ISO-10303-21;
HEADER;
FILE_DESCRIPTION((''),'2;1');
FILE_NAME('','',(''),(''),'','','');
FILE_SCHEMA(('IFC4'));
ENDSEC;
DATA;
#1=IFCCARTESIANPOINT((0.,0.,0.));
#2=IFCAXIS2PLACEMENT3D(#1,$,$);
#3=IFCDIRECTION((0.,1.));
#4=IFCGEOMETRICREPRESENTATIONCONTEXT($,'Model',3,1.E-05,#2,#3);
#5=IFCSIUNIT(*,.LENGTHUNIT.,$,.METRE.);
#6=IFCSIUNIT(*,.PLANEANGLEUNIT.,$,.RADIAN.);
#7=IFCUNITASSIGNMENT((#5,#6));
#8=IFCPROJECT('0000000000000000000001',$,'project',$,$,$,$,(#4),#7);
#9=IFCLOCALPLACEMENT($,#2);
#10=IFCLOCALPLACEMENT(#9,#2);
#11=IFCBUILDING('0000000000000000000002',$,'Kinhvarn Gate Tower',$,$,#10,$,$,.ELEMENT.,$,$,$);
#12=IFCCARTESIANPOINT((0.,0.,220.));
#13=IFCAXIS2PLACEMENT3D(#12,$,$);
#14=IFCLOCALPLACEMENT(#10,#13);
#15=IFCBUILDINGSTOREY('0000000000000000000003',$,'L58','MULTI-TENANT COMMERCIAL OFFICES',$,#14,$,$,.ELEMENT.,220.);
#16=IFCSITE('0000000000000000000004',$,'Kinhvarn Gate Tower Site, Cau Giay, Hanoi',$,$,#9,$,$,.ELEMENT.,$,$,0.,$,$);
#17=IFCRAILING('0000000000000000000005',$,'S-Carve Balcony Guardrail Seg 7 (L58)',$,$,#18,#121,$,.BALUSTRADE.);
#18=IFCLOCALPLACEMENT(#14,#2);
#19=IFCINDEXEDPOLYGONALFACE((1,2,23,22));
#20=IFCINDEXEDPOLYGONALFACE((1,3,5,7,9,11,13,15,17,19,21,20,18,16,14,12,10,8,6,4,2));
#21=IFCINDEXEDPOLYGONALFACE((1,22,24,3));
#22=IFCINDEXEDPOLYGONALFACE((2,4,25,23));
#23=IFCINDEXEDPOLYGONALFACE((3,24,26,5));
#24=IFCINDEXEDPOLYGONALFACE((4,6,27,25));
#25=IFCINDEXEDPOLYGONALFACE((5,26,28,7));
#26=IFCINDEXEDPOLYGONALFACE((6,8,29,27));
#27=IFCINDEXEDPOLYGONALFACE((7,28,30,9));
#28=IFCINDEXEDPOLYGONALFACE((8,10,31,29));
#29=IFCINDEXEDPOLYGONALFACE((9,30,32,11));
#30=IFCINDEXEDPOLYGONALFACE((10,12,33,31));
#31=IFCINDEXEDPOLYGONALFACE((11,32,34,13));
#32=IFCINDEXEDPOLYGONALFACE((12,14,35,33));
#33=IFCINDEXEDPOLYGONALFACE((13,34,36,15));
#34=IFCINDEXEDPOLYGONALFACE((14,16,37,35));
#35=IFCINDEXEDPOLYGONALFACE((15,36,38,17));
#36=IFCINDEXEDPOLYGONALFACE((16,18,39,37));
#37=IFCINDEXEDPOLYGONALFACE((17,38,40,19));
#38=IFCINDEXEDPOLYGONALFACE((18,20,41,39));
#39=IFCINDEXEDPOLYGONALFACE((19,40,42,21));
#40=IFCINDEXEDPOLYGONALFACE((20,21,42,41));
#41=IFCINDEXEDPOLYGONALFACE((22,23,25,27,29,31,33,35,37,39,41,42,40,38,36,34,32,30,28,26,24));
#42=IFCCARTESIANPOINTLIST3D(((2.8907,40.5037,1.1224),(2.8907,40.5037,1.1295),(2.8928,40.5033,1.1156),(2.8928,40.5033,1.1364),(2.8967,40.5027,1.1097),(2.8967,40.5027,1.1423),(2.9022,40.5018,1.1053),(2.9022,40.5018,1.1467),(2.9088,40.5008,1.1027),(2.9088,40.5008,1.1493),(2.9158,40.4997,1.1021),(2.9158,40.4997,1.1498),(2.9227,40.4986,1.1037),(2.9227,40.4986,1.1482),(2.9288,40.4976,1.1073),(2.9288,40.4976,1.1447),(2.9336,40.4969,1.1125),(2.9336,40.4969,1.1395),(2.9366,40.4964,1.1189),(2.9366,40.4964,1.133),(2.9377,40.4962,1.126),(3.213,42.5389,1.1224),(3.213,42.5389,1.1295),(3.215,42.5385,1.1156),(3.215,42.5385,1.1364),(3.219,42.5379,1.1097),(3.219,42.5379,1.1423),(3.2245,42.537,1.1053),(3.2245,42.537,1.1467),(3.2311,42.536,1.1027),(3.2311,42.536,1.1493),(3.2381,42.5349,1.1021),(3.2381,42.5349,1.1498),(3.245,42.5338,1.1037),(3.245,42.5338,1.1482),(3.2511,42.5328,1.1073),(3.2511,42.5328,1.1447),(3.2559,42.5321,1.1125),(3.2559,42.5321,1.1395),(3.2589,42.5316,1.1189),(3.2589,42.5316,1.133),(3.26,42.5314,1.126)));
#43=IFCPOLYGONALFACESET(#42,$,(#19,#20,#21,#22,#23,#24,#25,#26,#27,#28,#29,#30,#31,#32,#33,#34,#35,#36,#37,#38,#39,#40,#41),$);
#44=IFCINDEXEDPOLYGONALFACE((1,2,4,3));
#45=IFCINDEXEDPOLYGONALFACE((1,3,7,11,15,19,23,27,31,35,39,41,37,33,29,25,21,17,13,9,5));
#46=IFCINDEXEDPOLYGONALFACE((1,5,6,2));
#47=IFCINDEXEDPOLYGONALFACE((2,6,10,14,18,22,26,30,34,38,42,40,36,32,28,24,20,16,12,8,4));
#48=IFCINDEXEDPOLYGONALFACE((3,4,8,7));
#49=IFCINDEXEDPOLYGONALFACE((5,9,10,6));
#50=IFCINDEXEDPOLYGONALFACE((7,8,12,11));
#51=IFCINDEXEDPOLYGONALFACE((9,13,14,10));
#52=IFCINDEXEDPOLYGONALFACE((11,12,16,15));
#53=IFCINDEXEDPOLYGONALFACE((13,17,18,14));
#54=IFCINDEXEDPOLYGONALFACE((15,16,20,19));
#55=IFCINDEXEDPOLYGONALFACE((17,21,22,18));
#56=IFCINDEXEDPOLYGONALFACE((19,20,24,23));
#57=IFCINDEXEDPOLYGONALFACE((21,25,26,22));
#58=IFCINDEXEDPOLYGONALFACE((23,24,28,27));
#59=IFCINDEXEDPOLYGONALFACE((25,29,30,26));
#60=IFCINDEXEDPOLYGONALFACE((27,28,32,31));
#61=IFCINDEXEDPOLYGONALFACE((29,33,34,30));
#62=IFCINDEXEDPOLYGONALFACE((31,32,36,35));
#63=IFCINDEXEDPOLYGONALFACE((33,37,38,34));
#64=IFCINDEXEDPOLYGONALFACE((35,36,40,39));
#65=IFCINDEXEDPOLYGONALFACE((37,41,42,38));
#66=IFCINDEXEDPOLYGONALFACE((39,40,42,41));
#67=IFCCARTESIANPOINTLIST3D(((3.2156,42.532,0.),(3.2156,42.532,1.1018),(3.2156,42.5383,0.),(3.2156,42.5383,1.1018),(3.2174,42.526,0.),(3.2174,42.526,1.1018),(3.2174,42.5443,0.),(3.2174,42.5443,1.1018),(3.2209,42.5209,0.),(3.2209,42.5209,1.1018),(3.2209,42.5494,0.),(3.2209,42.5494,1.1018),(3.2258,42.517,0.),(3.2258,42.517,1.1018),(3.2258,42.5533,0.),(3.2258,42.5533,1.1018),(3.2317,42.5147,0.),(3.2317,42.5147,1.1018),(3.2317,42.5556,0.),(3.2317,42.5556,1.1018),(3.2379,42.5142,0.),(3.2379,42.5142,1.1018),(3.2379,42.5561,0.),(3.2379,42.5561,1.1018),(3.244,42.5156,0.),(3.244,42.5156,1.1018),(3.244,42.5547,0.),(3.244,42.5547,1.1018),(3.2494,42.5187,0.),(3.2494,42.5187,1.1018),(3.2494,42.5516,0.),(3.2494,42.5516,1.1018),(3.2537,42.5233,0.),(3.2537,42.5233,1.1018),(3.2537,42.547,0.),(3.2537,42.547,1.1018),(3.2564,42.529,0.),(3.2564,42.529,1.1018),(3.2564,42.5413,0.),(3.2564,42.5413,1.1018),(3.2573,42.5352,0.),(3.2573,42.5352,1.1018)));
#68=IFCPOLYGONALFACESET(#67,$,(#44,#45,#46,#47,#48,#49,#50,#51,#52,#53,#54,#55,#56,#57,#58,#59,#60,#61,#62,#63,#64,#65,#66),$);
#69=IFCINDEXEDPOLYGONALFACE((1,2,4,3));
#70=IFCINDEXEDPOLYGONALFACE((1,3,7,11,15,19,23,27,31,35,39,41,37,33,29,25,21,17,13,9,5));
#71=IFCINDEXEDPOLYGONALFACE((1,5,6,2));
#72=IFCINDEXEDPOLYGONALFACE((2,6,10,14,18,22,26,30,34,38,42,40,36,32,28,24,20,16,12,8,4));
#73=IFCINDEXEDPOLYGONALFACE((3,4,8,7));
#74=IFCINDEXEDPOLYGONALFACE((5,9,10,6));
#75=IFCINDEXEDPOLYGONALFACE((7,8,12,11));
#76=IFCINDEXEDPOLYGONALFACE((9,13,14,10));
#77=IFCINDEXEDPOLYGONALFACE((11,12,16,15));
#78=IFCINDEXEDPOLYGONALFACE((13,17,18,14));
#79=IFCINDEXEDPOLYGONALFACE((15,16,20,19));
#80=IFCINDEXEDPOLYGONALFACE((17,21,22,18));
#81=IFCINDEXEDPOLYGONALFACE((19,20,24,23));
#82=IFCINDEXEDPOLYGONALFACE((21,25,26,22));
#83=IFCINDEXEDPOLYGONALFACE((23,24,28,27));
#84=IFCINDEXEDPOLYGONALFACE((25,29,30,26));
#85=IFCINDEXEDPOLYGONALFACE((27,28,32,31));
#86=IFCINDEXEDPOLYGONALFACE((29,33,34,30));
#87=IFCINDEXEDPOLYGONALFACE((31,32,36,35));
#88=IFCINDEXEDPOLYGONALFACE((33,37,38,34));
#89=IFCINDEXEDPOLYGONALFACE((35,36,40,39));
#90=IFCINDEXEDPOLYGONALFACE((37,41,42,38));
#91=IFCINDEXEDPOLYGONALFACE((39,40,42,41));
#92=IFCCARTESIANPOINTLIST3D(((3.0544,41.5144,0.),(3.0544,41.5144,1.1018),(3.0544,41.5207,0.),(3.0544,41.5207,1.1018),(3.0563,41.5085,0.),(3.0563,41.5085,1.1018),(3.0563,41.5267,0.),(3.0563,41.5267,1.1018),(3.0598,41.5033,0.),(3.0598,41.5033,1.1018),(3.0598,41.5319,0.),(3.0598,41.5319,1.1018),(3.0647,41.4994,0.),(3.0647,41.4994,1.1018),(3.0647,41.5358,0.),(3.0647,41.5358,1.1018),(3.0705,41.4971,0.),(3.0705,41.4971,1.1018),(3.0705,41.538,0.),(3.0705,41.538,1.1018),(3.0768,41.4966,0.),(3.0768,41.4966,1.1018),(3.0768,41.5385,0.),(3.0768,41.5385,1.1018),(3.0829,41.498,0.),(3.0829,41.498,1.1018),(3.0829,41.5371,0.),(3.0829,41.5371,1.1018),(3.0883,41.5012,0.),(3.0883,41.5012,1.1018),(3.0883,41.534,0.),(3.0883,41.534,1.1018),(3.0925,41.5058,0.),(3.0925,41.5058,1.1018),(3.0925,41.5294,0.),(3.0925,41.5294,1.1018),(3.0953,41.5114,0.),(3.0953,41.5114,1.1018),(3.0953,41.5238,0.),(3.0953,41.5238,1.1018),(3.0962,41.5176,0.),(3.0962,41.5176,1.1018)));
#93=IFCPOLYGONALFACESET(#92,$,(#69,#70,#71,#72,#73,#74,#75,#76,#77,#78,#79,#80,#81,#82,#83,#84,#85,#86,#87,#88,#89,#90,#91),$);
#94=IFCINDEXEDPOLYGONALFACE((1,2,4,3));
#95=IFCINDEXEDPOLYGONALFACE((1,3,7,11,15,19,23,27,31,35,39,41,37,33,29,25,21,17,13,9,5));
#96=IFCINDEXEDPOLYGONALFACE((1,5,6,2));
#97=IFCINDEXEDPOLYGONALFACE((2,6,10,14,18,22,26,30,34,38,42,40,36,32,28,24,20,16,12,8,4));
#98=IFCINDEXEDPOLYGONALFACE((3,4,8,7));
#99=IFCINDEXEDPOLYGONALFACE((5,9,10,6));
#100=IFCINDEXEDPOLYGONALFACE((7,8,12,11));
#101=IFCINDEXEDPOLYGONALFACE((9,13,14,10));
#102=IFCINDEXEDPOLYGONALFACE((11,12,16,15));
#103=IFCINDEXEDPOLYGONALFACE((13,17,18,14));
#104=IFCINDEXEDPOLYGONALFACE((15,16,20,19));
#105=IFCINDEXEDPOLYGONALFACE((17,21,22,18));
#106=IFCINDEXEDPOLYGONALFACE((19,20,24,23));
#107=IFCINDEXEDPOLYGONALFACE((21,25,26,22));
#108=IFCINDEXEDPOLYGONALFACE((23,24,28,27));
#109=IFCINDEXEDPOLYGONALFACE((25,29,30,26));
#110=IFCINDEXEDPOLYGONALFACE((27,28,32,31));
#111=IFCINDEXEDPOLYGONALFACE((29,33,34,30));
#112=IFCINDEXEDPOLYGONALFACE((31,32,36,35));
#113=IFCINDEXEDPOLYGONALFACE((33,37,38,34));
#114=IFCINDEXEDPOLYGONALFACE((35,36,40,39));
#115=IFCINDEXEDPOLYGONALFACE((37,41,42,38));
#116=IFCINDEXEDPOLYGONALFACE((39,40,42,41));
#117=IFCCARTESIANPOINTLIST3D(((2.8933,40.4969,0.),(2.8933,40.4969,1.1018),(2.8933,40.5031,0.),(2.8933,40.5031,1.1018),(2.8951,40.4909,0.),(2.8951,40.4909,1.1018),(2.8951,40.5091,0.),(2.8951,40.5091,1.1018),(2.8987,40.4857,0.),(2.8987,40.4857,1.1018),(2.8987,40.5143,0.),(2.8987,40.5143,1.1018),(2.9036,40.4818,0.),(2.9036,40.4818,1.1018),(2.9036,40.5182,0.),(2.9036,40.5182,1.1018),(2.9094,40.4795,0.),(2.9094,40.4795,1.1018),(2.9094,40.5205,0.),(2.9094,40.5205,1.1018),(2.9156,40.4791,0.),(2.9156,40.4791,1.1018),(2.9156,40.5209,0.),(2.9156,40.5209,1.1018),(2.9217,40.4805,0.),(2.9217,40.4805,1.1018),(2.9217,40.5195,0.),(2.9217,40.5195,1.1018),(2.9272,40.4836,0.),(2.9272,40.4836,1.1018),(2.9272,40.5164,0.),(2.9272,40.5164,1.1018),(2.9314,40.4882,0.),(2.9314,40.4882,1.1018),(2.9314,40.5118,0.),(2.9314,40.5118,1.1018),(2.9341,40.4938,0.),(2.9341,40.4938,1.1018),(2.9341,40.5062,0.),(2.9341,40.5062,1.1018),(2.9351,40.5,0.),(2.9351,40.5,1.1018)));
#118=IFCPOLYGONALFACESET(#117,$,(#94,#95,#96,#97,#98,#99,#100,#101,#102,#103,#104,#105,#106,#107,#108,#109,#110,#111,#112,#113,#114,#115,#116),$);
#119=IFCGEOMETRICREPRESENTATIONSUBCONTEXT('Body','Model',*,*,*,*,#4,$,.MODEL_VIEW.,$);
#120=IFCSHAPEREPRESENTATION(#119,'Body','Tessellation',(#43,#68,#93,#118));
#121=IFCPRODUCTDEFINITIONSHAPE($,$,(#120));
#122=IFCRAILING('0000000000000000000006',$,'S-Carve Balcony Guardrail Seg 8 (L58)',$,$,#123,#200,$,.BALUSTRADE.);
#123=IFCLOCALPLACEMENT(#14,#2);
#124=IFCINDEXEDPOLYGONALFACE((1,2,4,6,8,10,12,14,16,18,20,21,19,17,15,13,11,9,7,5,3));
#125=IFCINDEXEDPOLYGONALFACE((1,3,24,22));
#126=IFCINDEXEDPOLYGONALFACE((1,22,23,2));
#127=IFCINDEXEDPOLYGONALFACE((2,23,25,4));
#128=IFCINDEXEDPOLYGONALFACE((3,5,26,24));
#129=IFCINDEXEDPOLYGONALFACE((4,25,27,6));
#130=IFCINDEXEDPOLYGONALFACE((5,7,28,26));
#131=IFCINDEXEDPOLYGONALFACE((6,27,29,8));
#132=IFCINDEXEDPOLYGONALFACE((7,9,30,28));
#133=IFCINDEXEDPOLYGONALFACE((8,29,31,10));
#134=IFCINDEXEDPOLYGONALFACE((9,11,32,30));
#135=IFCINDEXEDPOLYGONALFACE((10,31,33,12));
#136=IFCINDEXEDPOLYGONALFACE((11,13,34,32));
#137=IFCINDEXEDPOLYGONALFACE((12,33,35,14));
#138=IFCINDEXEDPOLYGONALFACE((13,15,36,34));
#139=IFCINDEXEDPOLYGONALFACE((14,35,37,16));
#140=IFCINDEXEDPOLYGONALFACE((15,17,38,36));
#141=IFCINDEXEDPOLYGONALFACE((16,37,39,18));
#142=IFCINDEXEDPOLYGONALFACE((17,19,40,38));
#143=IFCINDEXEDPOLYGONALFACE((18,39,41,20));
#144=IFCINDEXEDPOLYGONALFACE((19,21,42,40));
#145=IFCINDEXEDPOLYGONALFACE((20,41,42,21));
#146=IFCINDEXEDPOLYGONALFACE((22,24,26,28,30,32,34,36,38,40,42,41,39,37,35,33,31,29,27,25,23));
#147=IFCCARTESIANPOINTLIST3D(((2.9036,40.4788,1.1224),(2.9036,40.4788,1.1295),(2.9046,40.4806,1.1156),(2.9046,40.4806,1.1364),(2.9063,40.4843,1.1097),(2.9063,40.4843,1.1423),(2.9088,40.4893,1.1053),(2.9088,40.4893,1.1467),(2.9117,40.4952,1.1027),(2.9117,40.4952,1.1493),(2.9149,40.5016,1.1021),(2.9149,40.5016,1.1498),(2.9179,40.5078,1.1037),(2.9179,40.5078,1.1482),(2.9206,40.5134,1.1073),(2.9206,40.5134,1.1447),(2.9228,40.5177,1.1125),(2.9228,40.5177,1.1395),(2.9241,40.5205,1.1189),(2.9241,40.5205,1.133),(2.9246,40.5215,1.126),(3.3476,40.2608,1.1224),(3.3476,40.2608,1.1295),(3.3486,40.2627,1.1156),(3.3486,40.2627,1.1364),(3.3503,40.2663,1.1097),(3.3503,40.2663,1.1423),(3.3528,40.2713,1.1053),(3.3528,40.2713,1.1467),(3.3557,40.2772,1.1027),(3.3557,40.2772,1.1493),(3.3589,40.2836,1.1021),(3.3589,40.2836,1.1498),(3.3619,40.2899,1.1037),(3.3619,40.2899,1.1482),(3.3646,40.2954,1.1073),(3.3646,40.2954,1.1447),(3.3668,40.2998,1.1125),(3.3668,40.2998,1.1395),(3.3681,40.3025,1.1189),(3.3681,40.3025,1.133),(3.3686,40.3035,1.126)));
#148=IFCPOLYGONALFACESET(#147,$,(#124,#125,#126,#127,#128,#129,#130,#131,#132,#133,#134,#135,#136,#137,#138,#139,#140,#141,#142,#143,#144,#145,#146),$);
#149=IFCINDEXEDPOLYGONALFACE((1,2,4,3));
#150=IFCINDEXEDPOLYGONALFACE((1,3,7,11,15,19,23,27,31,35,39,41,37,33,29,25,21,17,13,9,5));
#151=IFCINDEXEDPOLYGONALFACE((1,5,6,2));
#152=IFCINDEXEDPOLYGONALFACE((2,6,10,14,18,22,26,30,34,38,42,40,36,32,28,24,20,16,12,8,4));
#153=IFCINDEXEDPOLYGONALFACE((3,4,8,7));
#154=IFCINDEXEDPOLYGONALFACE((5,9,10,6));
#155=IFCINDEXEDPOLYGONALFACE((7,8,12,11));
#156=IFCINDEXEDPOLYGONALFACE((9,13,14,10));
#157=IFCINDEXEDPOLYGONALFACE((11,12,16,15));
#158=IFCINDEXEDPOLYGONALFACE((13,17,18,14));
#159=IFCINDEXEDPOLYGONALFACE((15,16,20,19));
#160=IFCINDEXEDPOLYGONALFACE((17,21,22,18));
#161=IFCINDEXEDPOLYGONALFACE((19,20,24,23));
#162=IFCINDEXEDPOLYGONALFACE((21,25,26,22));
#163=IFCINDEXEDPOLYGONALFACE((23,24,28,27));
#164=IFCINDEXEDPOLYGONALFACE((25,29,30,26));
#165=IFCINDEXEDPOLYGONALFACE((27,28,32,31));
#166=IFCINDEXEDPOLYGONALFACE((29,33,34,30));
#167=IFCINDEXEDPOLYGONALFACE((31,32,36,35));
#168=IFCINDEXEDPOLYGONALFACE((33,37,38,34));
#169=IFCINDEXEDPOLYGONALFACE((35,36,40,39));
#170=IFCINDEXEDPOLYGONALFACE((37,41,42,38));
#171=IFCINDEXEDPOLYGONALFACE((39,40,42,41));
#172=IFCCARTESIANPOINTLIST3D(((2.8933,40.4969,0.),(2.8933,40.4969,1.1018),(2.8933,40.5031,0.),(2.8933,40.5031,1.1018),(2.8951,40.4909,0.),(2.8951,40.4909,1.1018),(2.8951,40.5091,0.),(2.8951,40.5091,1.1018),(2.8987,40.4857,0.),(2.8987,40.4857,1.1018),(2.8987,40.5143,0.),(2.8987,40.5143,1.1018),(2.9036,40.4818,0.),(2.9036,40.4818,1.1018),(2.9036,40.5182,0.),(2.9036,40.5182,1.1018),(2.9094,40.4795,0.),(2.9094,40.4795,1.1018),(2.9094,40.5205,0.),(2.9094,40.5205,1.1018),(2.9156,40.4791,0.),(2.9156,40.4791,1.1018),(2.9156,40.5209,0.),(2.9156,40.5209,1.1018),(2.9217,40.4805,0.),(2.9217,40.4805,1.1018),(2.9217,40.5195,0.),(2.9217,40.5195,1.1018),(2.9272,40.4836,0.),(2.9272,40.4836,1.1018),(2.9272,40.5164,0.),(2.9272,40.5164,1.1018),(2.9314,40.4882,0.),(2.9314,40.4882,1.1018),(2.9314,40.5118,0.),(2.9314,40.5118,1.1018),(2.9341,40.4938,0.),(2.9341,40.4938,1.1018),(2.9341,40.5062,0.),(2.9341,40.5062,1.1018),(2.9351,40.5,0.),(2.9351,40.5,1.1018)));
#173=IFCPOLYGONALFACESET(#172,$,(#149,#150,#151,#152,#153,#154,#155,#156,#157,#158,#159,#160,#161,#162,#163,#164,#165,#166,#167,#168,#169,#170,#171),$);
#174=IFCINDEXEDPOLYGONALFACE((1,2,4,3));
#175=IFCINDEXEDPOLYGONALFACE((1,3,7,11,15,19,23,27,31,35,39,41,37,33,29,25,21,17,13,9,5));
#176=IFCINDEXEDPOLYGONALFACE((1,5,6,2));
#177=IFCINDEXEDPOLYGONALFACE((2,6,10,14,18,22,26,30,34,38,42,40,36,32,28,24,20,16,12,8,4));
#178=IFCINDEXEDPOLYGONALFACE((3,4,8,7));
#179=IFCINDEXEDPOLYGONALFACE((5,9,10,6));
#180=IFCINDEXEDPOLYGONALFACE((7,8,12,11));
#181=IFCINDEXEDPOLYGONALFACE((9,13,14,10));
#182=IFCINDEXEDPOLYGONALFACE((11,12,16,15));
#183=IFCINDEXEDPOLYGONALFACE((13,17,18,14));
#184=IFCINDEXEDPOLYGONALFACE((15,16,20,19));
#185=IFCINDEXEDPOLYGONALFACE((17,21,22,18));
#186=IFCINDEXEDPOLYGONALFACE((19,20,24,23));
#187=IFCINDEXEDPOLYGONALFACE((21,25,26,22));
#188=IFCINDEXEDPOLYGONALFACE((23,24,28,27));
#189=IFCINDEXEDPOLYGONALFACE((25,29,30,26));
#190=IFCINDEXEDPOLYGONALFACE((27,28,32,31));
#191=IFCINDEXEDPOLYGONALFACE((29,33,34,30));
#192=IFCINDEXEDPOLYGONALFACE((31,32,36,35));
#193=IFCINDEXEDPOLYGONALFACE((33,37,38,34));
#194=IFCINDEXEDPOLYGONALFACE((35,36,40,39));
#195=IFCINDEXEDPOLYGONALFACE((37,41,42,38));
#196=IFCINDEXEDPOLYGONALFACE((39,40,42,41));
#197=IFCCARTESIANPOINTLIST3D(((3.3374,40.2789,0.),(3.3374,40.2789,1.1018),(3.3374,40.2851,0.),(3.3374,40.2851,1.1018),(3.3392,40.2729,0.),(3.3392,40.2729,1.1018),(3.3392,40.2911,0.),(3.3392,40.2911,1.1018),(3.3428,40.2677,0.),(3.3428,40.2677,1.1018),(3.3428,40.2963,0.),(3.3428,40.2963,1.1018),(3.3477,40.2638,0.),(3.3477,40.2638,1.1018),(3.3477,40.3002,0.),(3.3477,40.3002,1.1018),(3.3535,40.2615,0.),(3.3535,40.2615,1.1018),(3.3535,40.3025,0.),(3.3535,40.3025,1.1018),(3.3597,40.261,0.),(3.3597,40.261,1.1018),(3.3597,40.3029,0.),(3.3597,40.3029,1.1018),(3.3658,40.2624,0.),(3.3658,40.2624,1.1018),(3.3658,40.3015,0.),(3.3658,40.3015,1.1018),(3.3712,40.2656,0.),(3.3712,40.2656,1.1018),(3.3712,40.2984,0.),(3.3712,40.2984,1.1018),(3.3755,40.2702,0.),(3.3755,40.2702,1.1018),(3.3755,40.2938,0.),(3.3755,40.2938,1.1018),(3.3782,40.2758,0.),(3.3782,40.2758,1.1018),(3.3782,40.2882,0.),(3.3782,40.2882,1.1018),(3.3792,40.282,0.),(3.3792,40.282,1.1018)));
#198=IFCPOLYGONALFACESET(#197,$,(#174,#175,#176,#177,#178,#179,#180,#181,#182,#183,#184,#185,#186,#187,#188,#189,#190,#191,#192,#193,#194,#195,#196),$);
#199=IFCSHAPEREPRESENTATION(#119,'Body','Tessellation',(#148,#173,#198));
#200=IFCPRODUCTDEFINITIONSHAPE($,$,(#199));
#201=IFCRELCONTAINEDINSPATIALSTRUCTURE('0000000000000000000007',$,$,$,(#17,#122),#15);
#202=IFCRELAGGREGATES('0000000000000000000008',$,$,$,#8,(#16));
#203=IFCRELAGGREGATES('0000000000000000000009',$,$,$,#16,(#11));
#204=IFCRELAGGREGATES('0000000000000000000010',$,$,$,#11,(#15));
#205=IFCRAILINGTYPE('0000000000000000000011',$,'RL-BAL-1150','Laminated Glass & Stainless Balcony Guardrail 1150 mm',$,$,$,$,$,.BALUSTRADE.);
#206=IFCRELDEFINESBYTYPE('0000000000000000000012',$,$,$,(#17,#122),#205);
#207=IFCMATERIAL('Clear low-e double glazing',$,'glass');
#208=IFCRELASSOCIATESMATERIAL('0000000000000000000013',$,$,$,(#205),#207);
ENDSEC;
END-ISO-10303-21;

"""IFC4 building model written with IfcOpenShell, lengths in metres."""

from ifc_helpers import new_model, si_unit, direction, frame, origin, origin_2d, place, context, subcontext, project, spatial, circle, extrude, material, type_object, element, save


model = new_model("IFC4")

# Units and contexts
model_context = context("Model", 3, precision=1e-05, world=origin(), true_north=direction((0.0, 1.0)))
body_context = subcontext(model_context, "Body", "Model", "MODEL_VIEW")
ifc_project = project(units=[si_unit("LENGTHUNIT", "METRE"), si_unit("PLANEANGLEUNIT", "RADIAN")], contexts=[model_context])

# Site, building, storey
site_placement = place(None, origin())
site = spatial("IfcSite", under=ifc_project, at=site_placement, Name="Kinhvarn Gate Tower Site, Cau Giay, Hanoi", CompositionType="ELEMENT", RefElevation=0.0)
building_placement = place(site_placement, origin())
building = spatial("IfcBuilding", under=site, at=building_placement, Name="Kinhvarn Gate Tower", CompositionType="ELEMENT")
storey_placement = place(building_placement, frame((0.0, 0.0, 220.0)))
storey = spatial("IfcBuildingStorey", under=building, at=storey_placement, Name="L58", Description="MULTI-TENANT COMMERCIAL OFFICES", CompositionType="ELEMENT", Elevation=220.0)

# Shared definitions
ifc_material_1 = material(Name="Clear low-e double glazing", Category="glass")

# Railings
railing_type = type_object("IfcRailingType", Name="RL-BAL-1150", Description="Laminated Glass & Stainless Balcony Guardrail 1150 mm", PredefinedType="BALUSTRADE", material=ifc_material_1)
railing_1_placement = place(storey_placement, frame((3.2363, 42.5352, 0.0)))
element("IfcRailing", 1, at=railing_1_placement, inside=storey, type_object=railing_type, Name="S-Carve Balcony Guardrail Seg 7 (L58)", PredefinedType="BALUSTRADE", context=body_context, shape_type="SweptSolid", body=[
    extrude(circle(Radius=0.0239, at=origin_2d()), frame((0.0, 0.0, 1.126), z_axis=(-0.156401, -0.987694, 0.0), x_axis=(0.987694, -0.156401, 0.0)), (0.0, 0.0, 1.0), 2.0605),
    extrude(circle(Radius=0.021, at=origin_2d()), origin(), (0.0, 0.0, 1.0), 1.1018),
    extrude(circle(Radius=0.021, at=origin_2d()), frame((-0.1611, -1.0176, 0.0)), (0.0, 0.0, 1.0), 1.1018),
    extrude(circle(Radius=0.021, at=origin_2d()), frame((-0.3223, -2.0352, 0.0)), (0.0, 0.0, 1.0), 1.1018),
])
railing_2_placement = place(storey_placement, frame((2.9141, 40.5, 0.0)))
element("IfcRailing", 2, at=railing_2_placement, inside=storey, type_object=railing_type, Name="S-Carve Balcony Guardrail Seg 8 (L58)", PredefinedType="BALUSTRADE", context=body_context, shape_type="SweptSolid", body=[
    extrude(circle(Radius=0.0239, at=origin_2d()), frame((0.0, 0.0, 1.126), z_axis=(0.897661, -0.440688, 0.0), x_axis=(0.440688, 0.897661, 0.0)), (0.0, 0.0, 1.0), 0.4946),
    extrude(circle(Radius=0.021, at=origin_2d()), origin(), (0.0, 0.0, 1.0), 1.1018),
    extrude(circle(Radius=0.021, at=origin_2d()), frame((0.4441, -0.218, 0.0)), (0.0, 0.0, 1.0), 1.1018),
])

save(model, "model.ifc")
